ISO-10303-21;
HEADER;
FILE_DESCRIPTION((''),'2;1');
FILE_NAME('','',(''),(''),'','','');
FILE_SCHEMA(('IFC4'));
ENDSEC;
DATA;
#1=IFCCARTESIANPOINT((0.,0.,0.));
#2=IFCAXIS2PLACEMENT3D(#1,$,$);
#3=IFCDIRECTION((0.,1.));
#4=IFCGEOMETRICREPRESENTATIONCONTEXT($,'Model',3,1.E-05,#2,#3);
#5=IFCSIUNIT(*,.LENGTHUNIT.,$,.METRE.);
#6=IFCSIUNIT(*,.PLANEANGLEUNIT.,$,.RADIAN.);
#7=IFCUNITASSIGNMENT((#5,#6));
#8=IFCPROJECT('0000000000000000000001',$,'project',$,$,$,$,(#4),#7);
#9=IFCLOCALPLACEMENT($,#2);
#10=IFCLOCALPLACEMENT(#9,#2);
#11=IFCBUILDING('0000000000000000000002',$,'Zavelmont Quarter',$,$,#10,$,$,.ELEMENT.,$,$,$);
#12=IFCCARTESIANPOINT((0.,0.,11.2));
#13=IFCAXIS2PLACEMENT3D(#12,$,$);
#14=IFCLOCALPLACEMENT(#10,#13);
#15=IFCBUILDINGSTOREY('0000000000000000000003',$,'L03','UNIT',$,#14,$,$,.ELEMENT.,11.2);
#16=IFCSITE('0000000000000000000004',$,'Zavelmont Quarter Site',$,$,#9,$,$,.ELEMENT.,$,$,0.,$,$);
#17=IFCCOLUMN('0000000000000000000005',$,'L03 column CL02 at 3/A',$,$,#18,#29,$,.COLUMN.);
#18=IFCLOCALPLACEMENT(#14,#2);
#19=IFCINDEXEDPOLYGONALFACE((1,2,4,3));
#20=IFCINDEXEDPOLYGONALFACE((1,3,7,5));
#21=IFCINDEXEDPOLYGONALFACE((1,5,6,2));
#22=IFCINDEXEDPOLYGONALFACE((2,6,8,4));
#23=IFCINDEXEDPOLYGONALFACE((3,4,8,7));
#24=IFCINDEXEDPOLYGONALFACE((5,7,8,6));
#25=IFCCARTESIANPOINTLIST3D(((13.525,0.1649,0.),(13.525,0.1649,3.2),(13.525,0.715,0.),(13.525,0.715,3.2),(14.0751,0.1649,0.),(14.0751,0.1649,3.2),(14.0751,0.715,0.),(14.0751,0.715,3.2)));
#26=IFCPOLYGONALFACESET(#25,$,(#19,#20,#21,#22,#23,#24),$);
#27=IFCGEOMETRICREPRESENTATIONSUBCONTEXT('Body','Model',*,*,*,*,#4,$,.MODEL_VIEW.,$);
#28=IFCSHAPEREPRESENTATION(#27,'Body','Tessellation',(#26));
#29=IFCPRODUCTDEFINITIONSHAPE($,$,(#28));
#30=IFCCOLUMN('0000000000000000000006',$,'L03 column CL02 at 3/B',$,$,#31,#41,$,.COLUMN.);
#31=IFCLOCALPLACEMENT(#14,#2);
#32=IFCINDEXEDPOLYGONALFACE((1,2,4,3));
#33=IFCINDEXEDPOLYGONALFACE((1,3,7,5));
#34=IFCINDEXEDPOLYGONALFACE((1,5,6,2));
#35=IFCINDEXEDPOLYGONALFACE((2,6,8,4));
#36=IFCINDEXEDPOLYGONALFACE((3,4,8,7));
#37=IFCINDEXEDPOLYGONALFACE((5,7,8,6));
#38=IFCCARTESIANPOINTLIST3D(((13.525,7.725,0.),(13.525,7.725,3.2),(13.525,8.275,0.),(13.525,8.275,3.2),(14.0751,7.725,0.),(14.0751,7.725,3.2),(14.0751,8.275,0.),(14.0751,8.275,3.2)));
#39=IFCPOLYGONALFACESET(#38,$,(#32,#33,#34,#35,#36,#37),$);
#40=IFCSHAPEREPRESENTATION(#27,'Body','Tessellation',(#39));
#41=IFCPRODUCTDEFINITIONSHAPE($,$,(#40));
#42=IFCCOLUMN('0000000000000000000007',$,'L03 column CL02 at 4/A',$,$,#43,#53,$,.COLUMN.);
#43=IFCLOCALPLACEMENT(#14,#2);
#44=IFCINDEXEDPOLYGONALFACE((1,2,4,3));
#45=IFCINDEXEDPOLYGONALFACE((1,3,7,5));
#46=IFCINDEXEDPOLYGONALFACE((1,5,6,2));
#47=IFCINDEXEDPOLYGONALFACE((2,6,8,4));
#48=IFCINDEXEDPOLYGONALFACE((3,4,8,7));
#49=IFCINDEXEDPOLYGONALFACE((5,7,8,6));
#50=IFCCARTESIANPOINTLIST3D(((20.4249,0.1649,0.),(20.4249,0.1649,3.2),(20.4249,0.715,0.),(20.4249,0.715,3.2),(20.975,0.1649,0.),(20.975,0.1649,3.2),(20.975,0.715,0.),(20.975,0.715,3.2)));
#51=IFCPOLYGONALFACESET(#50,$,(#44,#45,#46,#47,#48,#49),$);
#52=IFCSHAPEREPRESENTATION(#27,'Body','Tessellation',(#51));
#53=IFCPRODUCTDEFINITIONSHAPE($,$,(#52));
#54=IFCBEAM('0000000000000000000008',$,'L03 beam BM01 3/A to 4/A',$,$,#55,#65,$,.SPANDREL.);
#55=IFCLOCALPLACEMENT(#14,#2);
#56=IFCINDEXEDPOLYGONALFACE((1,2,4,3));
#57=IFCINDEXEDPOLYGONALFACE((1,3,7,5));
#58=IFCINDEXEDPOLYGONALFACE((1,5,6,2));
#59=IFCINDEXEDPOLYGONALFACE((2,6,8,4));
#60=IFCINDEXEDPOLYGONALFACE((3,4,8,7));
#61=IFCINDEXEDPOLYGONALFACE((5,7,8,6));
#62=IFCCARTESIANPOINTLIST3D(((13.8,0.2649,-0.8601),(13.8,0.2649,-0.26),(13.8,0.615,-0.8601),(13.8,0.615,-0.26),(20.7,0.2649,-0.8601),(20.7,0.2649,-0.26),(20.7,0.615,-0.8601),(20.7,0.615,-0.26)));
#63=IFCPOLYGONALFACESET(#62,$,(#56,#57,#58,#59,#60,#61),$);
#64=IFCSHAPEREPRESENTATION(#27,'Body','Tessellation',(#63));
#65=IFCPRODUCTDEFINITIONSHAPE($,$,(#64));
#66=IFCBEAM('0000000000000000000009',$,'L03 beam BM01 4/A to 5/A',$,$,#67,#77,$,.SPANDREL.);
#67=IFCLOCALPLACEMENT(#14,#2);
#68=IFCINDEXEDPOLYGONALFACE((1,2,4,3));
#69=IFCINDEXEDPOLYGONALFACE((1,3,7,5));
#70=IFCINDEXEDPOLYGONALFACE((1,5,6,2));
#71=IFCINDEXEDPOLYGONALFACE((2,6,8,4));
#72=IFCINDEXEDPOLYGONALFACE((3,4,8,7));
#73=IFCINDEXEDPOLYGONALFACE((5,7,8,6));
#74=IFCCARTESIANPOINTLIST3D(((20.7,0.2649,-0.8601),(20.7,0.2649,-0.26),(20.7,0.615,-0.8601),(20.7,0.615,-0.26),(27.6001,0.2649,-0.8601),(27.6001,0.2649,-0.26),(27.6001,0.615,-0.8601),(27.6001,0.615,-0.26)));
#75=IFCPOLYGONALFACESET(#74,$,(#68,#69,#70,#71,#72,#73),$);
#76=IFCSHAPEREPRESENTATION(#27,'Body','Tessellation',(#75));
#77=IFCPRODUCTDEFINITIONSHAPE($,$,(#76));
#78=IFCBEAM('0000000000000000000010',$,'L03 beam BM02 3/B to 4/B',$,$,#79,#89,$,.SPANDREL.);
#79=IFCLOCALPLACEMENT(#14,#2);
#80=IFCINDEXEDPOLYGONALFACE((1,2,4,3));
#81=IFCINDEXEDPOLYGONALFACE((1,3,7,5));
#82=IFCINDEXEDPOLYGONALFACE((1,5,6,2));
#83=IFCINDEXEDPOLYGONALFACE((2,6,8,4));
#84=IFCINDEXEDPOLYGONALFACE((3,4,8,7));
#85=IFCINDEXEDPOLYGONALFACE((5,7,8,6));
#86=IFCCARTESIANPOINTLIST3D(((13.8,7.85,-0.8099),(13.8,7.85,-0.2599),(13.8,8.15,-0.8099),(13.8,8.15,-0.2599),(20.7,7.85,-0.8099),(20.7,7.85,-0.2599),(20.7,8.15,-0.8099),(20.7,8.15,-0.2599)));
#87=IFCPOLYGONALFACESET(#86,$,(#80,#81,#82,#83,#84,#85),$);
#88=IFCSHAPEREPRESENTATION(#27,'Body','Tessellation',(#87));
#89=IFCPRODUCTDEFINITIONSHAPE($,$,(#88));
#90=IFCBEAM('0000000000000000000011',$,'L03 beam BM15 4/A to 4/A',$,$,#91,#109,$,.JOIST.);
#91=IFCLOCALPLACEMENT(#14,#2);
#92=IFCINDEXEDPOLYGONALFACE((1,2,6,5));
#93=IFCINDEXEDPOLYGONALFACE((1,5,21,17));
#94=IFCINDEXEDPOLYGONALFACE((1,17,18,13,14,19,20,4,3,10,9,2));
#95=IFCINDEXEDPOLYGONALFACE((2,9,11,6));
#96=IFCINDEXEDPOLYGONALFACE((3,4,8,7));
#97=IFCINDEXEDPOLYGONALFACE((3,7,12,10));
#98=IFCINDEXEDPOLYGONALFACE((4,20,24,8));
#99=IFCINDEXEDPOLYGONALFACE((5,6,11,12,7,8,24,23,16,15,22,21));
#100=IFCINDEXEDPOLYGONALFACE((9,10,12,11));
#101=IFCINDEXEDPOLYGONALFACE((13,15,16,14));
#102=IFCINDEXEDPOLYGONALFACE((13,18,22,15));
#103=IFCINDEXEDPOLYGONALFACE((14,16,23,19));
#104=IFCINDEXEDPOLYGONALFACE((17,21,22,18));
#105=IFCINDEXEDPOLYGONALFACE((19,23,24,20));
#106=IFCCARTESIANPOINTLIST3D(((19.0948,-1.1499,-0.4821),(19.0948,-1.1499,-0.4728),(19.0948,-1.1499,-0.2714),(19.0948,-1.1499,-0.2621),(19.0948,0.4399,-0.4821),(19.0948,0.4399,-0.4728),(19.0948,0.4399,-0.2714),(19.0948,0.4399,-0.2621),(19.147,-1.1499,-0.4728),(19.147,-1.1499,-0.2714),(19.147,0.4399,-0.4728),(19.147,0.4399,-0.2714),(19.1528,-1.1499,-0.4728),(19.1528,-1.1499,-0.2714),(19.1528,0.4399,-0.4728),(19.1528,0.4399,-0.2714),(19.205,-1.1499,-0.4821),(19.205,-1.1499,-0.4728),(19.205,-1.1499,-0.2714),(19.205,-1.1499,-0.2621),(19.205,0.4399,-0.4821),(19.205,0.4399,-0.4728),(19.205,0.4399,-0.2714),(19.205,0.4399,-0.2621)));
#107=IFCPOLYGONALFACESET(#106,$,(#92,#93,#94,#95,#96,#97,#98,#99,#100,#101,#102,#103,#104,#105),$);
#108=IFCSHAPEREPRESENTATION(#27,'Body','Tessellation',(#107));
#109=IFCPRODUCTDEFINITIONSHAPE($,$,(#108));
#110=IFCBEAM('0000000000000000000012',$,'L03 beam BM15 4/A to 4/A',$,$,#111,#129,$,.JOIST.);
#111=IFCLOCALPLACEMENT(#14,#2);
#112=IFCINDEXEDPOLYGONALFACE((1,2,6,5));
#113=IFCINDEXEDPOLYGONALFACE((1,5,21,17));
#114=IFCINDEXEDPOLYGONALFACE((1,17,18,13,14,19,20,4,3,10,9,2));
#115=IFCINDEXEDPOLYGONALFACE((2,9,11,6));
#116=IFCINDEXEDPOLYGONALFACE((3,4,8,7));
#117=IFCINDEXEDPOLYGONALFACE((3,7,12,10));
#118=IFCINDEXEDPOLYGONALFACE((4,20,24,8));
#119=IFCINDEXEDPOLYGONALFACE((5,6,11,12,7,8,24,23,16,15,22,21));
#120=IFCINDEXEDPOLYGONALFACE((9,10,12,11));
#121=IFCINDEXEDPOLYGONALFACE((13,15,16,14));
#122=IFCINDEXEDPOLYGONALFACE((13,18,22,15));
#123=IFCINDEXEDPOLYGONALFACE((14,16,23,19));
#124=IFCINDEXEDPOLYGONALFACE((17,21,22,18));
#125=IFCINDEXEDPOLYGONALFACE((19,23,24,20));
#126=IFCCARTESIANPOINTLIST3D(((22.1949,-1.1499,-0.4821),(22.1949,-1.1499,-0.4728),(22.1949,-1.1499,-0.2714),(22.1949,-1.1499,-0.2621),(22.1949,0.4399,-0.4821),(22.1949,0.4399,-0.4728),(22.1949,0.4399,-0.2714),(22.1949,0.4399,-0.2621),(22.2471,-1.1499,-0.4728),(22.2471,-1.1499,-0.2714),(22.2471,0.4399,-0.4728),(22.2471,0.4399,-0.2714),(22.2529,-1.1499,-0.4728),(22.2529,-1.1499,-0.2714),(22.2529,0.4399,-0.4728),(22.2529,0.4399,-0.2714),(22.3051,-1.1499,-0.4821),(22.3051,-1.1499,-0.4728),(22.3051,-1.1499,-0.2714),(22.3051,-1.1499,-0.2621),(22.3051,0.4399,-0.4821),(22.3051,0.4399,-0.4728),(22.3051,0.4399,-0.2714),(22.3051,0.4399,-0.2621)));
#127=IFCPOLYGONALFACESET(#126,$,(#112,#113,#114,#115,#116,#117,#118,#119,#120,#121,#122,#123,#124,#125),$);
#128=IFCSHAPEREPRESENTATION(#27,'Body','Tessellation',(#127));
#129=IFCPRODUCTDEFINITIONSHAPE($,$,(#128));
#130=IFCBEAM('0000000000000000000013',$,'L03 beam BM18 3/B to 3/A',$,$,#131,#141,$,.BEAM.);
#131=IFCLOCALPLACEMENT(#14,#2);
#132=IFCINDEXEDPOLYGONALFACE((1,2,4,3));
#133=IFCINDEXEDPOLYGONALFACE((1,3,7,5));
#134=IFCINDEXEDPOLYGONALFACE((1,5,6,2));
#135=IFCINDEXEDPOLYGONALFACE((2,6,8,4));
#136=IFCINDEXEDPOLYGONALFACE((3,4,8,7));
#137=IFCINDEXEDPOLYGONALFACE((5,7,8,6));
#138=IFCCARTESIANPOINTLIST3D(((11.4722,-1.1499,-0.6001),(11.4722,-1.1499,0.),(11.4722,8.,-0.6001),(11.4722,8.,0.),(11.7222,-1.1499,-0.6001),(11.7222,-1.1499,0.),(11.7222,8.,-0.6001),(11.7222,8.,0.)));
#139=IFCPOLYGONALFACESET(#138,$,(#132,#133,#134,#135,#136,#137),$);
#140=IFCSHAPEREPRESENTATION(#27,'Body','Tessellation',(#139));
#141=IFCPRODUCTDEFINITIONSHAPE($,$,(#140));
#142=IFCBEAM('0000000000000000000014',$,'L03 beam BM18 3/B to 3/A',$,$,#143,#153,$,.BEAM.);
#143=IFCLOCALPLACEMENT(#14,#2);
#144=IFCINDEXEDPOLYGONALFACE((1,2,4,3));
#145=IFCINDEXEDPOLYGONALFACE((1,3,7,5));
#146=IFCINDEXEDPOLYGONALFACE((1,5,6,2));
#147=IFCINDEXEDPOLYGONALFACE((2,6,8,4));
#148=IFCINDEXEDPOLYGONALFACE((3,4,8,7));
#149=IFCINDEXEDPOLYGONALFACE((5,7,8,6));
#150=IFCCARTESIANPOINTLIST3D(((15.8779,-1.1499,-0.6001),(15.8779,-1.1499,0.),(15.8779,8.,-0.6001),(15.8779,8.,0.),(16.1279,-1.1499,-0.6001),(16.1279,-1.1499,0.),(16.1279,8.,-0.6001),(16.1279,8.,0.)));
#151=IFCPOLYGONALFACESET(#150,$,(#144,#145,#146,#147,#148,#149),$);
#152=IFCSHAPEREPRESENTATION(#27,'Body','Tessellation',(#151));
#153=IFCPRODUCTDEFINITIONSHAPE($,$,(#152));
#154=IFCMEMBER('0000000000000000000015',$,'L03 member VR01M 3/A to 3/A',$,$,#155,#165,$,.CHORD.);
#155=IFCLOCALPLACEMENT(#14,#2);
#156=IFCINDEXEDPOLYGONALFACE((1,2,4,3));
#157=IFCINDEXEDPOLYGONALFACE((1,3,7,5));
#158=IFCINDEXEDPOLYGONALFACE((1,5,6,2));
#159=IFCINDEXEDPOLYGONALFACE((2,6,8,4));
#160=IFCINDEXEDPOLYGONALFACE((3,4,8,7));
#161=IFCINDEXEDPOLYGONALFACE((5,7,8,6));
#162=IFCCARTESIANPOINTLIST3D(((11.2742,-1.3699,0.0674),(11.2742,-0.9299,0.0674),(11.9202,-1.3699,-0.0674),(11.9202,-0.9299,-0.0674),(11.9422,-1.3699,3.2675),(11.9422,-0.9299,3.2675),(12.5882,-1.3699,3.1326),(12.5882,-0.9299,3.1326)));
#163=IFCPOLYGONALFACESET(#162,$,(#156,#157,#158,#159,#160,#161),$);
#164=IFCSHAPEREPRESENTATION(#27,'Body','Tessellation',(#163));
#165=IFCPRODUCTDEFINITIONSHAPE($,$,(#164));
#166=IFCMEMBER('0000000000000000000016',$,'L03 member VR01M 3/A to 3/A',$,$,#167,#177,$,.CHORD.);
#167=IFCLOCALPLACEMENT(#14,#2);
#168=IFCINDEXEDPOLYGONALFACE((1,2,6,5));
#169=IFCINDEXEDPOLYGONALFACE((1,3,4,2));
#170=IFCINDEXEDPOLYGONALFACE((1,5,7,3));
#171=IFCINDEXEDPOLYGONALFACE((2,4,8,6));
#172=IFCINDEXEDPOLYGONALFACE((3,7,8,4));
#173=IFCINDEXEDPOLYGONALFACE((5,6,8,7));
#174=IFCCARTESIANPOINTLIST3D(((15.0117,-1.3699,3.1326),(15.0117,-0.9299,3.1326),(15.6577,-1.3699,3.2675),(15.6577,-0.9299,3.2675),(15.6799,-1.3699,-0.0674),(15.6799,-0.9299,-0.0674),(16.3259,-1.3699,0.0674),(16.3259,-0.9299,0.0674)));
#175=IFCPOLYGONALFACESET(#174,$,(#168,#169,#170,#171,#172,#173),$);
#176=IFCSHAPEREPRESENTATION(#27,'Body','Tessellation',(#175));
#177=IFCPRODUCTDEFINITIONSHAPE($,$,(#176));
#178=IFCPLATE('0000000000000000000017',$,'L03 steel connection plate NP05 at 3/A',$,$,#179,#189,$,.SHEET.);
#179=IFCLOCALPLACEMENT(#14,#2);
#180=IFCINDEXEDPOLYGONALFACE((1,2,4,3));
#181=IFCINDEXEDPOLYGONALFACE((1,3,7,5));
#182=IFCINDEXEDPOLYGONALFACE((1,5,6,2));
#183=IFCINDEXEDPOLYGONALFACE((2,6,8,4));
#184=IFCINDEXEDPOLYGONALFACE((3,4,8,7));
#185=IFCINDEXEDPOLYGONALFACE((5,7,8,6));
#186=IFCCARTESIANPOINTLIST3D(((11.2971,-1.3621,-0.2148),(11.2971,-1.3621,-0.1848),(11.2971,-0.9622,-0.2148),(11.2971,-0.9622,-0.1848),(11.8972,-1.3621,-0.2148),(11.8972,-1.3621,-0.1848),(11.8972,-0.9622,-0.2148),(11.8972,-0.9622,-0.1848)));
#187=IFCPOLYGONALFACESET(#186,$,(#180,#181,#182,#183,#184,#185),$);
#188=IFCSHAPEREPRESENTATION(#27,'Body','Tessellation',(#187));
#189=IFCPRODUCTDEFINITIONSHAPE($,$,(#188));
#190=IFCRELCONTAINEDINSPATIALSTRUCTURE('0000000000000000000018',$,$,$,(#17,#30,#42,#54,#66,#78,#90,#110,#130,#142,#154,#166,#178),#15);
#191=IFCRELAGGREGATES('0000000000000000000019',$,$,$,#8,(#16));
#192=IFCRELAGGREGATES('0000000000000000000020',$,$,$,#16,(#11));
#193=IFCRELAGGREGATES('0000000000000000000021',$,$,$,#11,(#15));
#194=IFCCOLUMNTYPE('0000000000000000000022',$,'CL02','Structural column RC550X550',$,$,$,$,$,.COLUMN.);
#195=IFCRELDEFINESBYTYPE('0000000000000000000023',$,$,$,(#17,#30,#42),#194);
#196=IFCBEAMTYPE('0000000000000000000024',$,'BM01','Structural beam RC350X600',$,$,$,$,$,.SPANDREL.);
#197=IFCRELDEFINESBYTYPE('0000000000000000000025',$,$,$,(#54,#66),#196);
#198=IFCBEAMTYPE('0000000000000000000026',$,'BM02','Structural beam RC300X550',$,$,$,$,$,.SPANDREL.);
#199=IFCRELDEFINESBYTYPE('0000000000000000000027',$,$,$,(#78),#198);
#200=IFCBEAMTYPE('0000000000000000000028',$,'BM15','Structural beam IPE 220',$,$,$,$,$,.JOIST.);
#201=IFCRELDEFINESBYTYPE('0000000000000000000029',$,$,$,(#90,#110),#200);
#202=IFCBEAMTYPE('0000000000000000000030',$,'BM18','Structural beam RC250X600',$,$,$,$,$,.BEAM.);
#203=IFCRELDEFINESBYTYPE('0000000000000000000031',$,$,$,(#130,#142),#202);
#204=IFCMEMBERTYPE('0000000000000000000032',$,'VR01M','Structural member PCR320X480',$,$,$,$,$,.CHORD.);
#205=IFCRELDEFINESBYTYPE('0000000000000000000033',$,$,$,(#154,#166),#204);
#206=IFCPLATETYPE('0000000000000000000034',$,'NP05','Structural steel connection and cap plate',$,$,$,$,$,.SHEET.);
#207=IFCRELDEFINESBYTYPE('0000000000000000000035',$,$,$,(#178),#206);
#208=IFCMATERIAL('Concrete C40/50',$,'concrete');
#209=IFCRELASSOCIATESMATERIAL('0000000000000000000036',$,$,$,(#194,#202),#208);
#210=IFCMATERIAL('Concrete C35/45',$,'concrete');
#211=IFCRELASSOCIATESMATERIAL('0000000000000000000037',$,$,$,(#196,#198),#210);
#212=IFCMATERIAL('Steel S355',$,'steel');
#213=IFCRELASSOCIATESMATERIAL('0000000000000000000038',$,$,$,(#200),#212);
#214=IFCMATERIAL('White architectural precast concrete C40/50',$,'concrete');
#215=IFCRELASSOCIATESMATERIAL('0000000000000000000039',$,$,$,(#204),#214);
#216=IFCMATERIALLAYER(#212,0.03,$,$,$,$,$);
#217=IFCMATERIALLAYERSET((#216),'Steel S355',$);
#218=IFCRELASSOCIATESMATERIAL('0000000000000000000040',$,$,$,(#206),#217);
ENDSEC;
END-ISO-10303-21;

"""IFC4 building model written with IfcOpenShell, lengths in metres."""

from ifc_helpers import new_model, si_unit, direction, frame, origin, origin_2d, place, context, subcontext, project, spatial, rectangle, i_section, extrude, material, layer, layer_set, material_profile, profile_set, type_object, element, save


model = new_model("IFC4")

# Units and contexts
model_context = context("Model", 3, precision=1e-05, world=origin(), true_north=direction((0.0, 1.0)))
body_context = subcontext(model_context, "Body", "Model", "MODEL_VIEW")
ifc_project = project(units=[si_unit("LENGTHUNIT", "METRE"), si_unit("PLANEANGLEUNIT", "RADIAN")], contexts=[model_context])

# Site, building, storey
site_placement = place(None, origin())
site = spatial("IfcSite", under=ifc_project, at=site_placement, Name="Zavelmont Quarter Site", CompositionType="ELEMENT", RefElevation=0.0)
building_placement = place(site_placement, origin())
building = spatial("IfcBuilding", under=site, at=building_placement, Name="Zavelmont Quarter", CompositionType="ELEMENT")
storey_placement = place(building_placement, frame((0.0, 0.0, 11.2)))
storey = spatial("IfcBuildingStorey", under=building, at=storey_placement, Name="L03", Description="UNIT", CompositionType="ELEMENT", Elevation=11.2)

# Columns
ifc_material_1 = material(Name="Concrete C40/50", Category="concrete")
ifc_material_profile_1 = material_profile(ifc_material_1, rectangle(XDim=0.55, YDim=0.55, at=origin_2d()), Name="RC550X550")
ifc_profile_set_1 = profile_set([ifc_material_profile_1], Name="Concrete C40/50")
column_type = type_object("IfcColumnType", Name="CL02", Description="Structural column RC550X550", PredefinedType="COLUMN", material=ifc_profile_set_1)
for number, where, z_axis, x_axis, name in (
    (1, (13.8, 0.4399, 0.0), (0.0, 0.0, 1.0), (1.0, 0.0, 0.0), "L03 column CL02 at 3/A"),
    (2, (13.8, 8.0, 0.0), (0.0, 0.0, 1.0), (1.0, 0.0, 0.0), "L03 column CL02 at 3/B"),
    (3, (20.7, 0.4399, 0.0), (0.0, 0.0, 1.0), (1.0, 0.0, 0.0), "L03 column CL02 at 4/A"),
):
    element("IfcColumn", number, at=place(storey_placement, frame(where, z_axis=z_axis, x_axis=x_axis)), inside=storey, type_object=column_type, Name=name, PredefinedType="COLUMN", context=body_context, shape_type="SweptSolid", body=[
        extrude(rectangle(XDim=0.55, YDim=0.55, at=origin_2d()), origin(), (0.0, 0.0, 1.0), 3.2),
    ])

# Beams
ifc_material_2 = material(Name="Concrete C35/45", Category="concrete")
ifc_material_profile_2 = material_profile(ifc_material_2, rectangle(XDim=0.3501, YDim=0.6001, at=origin_2d()), Name="RC350X600")
ifc_profile_set_2 = profile_set([ifc_material_profile_2], Name="Concrete C35/45")
beam_type_1 = type_object("IfcBeamType", Name="BM01", Description="Structural beam RC350X600", PredefinedType="SPANDREL", material=ifc_profile_set_2)
beam_1_placement = place(storey_placement, frame((13.8, 0.4399, -0.5601), z_axis=(1.0, 0.0, 0.0), x_axis=(0.0, 1.0, 0.0)))
element("IfcBeam", 4, at=beam_1_placement, inside=storey, type_object=beam_type_1, Name="L03 beam BM01 3/A to 4/A", PredefinedType="SPANDREL", context=body_context, shape_type="SweptSolid", body=[
    extrude(rectangle(XDim=0.3501, YDim=0.6001, at=origin_2d()), origin(), (0.0, 0.0, 1.0), 6.8999),
])
beam_2_placement = place(storey_placement, frame((20.7, 0.4399, -0.5601), z_axis=(1.0, 0.0, 0.0), x_axis=(0.0, 1.0, 0.0)))
element("IfcBeam", 5, at=beam_2_placement, inside=storey, type_object=beam_type_1, Name="L03 beam BM01 4/A to 5/A", PredefinedType="SPANDREL", context=body_context, shape_type="SweptSolid", body=[
    extrude(rectangle(XDim=0.3501, YDim=0.6001, at=origin_2d()), origin(), (0.0, 0.0, 1.0), 6.9001),
])
ifc_material_profile_3 = material_profile(ifc_material_2, rectangle(XDim=0.3, YDim=0.55, at=origin_2d()), Name="RC300X550")
ifc_profile_set_3 = profile_set([ifc_material_profile_3], Name="Concrete C35/45")
beam_type_2 = type_object("IfcBeamType", Name="BM02", Description="Structural beam RC300X550", PredefinedType="SPANDREL", material=ifc_profile_set_3)
beam_3_placement = place(storey_placement, frame((13.8, 8.0, -0.5349), z_axis=(1.0, 0.0, 0.0), x_axis=(0.0, 1.0, 0.0)))
element("IfcBeam", 6, at=beam_3_placement, inside=storey, type_object=beam_type_2, Name="L03 beam BM02 3/B to 4/B", PredefinedType="SPANDREL", context=body_context, shape_type="SweptSolid", body=[
    extrude(rectangle(XDim=0.3, YDim=0.55, at=origin_2d()), origin(), (0.0, 0.0, 1.0), 6.8999),
])
ifc_material_3 = material(Name="Steel S355", Category="steel")
ifc_material_profile_4 = material_profile(ifc_material_3, i_section(OverallWidth=0.1101, OverallDepth=0.22, WebThickness=0.0059, FlangeThickness=0.0093, at=origin_2d()), Name="IPE 220")
ifc_profile_set_4 = profile_set([ifc_material_profile_4], Name="Steel S355")
beam_type_3 = type_object("IfcBeamType", Name="BM15", Description="Structural beam IPE 220", PredefinedType="JOIST", material=ifc_profile_set_4)
for number, where, z_axis, x_axis, name in (
    (7, (19.1499, 0.4399, -0.3721), (0.0, -1.0, 0.0), (1.0, 0.0, 0.0), "L03 beam BM15 4/A to 4/A"),
    (8, (22.25, 0.4399, -0.3721), (0.0, -1.0, 0.0), (1.0, 0.0, 0.0), "L03 beam BM15 4/A to 4/A"),
):
    element("IfcBeam", number, at=place(storey_placement, frame(where, z_axis=z_axis, x_axis=x_axis)), inside=storey, type_object=beam_type_3, Name=name, PredefinedType="JOIST", context=body_context, shape_type="SweptSolid", body=[
        extrude(i_section(OverallWidth=0.1101, OverallDepth=0.22, WebThickness=0.0059, FlangeThickness=0.0093, at=origin_2d()), origin(), (0.0, 0.0, 1.0), 1.5898),
    ])
ifc_material_profile_5 = material_profile(ifc_material_1, rectangle(XDim=0.25, YDim=0.6001, at=origin_2d()), Name="RC250X600")
ifc_profile_set_5 = profile_set([ifc_material_profile_5], Name="Concrete C40/50")
beam_type_4 = type_object("IfcBeamType", Name="BM18", Description="Structural beam RC250X600", PredefinedType="BEAM", material=ifc_profile_set_5)
for number, where, z_axis, x_axis, name in (
    (9, (11.5972, 8.0, -0.3), (0.0, -1.0, 0.0), (1.0, 0.0, 0.0), "L03 beam BM18 3/B to 3/A"),
    (10, (16.0029, 8.0, -0.3), (0.0, -1.0, 0.0), (1.0, 0.0, 0.0), "L03 beam BM18 3/B to 3/A"),
):
    element("IfcBeam", number, at=place(storey_placement, frame(where, z_axis=z_axis, x_axis=x_axis)), inside=storey, type_object=beam_type_4, Name=name, PredefinedType="BEAM", context=body_context, shape_type="SweptSolid", body=[
        extrude(rectangle(XDim=0.25, YDim=0.6001, at=origin_2d()), origin(), (0.0, 0.0, 1.0), 9.1499),
    ])

# Members
ifc_material_4 = material(Name="White architectural precast concrete C40/50", Category="concrete")
ifc_material_profile_6 = material_profile(ifc_material_4, rectangle(XDim=0.4399, YDim=0.6599, at=origin_2d()), Name="PCR320X480")
ifc_profile_set_6 = profile_set([ifc_material_profile_6], Name="White architectural precast concrete C40/50")
member_type = type_object("IfcMemberType", Name="VR01M", Description="Structural member PCR320X480", PredefinedType="CHORD", material=ifc_profile_set_6)
for number, where, z_axis, x_axis, name in (
    (11, (11.5972, -1.1499, 0.0), (0.204339, 0.0, 0.9789), (0.0, 1.0, 0.0), "L03 member VR01M 3/A to 3/A"),
    (12, (16.0029, -1.1499, 0.0), (-0.204411, 0.0, 0.978885), (0.0, -1.0, 0.0), "L03 member VR01M 3/A to 3/A"),
):
    element("IfcMember", number, at=place(storey_placement, frame(where, z_axis=z_axis, x_axis=x_axis)), inside=storey, type_object=member_type, Name=name, PredefinedType="CHORD", context=body_context, shape_type="SweptSolid", body=[
        extrude(rectangle(XDim=0.4399, YDim=0.6599, at=origin_2d()), origin(), (0.0, 0.0, 1.0), 3.269),
    ])

# Plate
ifc_layer_1 = layer(ifc_material_3, 0.03)
ifc_layer_set_1 = layer_set([ifc_layer_1], Name="Steel S355")
plate_type_1 = type_object("IfcPlateType", Name="NP05", Description="Structural steel connection and cap plate", PredefinedType="SHEET", material=ifc_layer_set_1)
plate_1_placement = place(storey_placement, frame((11.5972, -1.1621, -0.2148), z_axis=(0.0, 0.0, 1.0), x_axis=(1.0, 0.0, 0.0)))
element("IfcPlate", 13, at=plate_1_placement, inside=storey, type_object=plate_type_1, Name="L03 steel connection plate NP05 at 3/A", PredefinedType="SHEET", context=body_context, shape_type="SweptSolid", body=[
    extrude(rectangle(XDim=0.6001, YDim=0.3999, at=origin_2d()), origin(), (0.0, 0.0, 1.0), 0.03),
])

save(model, "model.ifc")
